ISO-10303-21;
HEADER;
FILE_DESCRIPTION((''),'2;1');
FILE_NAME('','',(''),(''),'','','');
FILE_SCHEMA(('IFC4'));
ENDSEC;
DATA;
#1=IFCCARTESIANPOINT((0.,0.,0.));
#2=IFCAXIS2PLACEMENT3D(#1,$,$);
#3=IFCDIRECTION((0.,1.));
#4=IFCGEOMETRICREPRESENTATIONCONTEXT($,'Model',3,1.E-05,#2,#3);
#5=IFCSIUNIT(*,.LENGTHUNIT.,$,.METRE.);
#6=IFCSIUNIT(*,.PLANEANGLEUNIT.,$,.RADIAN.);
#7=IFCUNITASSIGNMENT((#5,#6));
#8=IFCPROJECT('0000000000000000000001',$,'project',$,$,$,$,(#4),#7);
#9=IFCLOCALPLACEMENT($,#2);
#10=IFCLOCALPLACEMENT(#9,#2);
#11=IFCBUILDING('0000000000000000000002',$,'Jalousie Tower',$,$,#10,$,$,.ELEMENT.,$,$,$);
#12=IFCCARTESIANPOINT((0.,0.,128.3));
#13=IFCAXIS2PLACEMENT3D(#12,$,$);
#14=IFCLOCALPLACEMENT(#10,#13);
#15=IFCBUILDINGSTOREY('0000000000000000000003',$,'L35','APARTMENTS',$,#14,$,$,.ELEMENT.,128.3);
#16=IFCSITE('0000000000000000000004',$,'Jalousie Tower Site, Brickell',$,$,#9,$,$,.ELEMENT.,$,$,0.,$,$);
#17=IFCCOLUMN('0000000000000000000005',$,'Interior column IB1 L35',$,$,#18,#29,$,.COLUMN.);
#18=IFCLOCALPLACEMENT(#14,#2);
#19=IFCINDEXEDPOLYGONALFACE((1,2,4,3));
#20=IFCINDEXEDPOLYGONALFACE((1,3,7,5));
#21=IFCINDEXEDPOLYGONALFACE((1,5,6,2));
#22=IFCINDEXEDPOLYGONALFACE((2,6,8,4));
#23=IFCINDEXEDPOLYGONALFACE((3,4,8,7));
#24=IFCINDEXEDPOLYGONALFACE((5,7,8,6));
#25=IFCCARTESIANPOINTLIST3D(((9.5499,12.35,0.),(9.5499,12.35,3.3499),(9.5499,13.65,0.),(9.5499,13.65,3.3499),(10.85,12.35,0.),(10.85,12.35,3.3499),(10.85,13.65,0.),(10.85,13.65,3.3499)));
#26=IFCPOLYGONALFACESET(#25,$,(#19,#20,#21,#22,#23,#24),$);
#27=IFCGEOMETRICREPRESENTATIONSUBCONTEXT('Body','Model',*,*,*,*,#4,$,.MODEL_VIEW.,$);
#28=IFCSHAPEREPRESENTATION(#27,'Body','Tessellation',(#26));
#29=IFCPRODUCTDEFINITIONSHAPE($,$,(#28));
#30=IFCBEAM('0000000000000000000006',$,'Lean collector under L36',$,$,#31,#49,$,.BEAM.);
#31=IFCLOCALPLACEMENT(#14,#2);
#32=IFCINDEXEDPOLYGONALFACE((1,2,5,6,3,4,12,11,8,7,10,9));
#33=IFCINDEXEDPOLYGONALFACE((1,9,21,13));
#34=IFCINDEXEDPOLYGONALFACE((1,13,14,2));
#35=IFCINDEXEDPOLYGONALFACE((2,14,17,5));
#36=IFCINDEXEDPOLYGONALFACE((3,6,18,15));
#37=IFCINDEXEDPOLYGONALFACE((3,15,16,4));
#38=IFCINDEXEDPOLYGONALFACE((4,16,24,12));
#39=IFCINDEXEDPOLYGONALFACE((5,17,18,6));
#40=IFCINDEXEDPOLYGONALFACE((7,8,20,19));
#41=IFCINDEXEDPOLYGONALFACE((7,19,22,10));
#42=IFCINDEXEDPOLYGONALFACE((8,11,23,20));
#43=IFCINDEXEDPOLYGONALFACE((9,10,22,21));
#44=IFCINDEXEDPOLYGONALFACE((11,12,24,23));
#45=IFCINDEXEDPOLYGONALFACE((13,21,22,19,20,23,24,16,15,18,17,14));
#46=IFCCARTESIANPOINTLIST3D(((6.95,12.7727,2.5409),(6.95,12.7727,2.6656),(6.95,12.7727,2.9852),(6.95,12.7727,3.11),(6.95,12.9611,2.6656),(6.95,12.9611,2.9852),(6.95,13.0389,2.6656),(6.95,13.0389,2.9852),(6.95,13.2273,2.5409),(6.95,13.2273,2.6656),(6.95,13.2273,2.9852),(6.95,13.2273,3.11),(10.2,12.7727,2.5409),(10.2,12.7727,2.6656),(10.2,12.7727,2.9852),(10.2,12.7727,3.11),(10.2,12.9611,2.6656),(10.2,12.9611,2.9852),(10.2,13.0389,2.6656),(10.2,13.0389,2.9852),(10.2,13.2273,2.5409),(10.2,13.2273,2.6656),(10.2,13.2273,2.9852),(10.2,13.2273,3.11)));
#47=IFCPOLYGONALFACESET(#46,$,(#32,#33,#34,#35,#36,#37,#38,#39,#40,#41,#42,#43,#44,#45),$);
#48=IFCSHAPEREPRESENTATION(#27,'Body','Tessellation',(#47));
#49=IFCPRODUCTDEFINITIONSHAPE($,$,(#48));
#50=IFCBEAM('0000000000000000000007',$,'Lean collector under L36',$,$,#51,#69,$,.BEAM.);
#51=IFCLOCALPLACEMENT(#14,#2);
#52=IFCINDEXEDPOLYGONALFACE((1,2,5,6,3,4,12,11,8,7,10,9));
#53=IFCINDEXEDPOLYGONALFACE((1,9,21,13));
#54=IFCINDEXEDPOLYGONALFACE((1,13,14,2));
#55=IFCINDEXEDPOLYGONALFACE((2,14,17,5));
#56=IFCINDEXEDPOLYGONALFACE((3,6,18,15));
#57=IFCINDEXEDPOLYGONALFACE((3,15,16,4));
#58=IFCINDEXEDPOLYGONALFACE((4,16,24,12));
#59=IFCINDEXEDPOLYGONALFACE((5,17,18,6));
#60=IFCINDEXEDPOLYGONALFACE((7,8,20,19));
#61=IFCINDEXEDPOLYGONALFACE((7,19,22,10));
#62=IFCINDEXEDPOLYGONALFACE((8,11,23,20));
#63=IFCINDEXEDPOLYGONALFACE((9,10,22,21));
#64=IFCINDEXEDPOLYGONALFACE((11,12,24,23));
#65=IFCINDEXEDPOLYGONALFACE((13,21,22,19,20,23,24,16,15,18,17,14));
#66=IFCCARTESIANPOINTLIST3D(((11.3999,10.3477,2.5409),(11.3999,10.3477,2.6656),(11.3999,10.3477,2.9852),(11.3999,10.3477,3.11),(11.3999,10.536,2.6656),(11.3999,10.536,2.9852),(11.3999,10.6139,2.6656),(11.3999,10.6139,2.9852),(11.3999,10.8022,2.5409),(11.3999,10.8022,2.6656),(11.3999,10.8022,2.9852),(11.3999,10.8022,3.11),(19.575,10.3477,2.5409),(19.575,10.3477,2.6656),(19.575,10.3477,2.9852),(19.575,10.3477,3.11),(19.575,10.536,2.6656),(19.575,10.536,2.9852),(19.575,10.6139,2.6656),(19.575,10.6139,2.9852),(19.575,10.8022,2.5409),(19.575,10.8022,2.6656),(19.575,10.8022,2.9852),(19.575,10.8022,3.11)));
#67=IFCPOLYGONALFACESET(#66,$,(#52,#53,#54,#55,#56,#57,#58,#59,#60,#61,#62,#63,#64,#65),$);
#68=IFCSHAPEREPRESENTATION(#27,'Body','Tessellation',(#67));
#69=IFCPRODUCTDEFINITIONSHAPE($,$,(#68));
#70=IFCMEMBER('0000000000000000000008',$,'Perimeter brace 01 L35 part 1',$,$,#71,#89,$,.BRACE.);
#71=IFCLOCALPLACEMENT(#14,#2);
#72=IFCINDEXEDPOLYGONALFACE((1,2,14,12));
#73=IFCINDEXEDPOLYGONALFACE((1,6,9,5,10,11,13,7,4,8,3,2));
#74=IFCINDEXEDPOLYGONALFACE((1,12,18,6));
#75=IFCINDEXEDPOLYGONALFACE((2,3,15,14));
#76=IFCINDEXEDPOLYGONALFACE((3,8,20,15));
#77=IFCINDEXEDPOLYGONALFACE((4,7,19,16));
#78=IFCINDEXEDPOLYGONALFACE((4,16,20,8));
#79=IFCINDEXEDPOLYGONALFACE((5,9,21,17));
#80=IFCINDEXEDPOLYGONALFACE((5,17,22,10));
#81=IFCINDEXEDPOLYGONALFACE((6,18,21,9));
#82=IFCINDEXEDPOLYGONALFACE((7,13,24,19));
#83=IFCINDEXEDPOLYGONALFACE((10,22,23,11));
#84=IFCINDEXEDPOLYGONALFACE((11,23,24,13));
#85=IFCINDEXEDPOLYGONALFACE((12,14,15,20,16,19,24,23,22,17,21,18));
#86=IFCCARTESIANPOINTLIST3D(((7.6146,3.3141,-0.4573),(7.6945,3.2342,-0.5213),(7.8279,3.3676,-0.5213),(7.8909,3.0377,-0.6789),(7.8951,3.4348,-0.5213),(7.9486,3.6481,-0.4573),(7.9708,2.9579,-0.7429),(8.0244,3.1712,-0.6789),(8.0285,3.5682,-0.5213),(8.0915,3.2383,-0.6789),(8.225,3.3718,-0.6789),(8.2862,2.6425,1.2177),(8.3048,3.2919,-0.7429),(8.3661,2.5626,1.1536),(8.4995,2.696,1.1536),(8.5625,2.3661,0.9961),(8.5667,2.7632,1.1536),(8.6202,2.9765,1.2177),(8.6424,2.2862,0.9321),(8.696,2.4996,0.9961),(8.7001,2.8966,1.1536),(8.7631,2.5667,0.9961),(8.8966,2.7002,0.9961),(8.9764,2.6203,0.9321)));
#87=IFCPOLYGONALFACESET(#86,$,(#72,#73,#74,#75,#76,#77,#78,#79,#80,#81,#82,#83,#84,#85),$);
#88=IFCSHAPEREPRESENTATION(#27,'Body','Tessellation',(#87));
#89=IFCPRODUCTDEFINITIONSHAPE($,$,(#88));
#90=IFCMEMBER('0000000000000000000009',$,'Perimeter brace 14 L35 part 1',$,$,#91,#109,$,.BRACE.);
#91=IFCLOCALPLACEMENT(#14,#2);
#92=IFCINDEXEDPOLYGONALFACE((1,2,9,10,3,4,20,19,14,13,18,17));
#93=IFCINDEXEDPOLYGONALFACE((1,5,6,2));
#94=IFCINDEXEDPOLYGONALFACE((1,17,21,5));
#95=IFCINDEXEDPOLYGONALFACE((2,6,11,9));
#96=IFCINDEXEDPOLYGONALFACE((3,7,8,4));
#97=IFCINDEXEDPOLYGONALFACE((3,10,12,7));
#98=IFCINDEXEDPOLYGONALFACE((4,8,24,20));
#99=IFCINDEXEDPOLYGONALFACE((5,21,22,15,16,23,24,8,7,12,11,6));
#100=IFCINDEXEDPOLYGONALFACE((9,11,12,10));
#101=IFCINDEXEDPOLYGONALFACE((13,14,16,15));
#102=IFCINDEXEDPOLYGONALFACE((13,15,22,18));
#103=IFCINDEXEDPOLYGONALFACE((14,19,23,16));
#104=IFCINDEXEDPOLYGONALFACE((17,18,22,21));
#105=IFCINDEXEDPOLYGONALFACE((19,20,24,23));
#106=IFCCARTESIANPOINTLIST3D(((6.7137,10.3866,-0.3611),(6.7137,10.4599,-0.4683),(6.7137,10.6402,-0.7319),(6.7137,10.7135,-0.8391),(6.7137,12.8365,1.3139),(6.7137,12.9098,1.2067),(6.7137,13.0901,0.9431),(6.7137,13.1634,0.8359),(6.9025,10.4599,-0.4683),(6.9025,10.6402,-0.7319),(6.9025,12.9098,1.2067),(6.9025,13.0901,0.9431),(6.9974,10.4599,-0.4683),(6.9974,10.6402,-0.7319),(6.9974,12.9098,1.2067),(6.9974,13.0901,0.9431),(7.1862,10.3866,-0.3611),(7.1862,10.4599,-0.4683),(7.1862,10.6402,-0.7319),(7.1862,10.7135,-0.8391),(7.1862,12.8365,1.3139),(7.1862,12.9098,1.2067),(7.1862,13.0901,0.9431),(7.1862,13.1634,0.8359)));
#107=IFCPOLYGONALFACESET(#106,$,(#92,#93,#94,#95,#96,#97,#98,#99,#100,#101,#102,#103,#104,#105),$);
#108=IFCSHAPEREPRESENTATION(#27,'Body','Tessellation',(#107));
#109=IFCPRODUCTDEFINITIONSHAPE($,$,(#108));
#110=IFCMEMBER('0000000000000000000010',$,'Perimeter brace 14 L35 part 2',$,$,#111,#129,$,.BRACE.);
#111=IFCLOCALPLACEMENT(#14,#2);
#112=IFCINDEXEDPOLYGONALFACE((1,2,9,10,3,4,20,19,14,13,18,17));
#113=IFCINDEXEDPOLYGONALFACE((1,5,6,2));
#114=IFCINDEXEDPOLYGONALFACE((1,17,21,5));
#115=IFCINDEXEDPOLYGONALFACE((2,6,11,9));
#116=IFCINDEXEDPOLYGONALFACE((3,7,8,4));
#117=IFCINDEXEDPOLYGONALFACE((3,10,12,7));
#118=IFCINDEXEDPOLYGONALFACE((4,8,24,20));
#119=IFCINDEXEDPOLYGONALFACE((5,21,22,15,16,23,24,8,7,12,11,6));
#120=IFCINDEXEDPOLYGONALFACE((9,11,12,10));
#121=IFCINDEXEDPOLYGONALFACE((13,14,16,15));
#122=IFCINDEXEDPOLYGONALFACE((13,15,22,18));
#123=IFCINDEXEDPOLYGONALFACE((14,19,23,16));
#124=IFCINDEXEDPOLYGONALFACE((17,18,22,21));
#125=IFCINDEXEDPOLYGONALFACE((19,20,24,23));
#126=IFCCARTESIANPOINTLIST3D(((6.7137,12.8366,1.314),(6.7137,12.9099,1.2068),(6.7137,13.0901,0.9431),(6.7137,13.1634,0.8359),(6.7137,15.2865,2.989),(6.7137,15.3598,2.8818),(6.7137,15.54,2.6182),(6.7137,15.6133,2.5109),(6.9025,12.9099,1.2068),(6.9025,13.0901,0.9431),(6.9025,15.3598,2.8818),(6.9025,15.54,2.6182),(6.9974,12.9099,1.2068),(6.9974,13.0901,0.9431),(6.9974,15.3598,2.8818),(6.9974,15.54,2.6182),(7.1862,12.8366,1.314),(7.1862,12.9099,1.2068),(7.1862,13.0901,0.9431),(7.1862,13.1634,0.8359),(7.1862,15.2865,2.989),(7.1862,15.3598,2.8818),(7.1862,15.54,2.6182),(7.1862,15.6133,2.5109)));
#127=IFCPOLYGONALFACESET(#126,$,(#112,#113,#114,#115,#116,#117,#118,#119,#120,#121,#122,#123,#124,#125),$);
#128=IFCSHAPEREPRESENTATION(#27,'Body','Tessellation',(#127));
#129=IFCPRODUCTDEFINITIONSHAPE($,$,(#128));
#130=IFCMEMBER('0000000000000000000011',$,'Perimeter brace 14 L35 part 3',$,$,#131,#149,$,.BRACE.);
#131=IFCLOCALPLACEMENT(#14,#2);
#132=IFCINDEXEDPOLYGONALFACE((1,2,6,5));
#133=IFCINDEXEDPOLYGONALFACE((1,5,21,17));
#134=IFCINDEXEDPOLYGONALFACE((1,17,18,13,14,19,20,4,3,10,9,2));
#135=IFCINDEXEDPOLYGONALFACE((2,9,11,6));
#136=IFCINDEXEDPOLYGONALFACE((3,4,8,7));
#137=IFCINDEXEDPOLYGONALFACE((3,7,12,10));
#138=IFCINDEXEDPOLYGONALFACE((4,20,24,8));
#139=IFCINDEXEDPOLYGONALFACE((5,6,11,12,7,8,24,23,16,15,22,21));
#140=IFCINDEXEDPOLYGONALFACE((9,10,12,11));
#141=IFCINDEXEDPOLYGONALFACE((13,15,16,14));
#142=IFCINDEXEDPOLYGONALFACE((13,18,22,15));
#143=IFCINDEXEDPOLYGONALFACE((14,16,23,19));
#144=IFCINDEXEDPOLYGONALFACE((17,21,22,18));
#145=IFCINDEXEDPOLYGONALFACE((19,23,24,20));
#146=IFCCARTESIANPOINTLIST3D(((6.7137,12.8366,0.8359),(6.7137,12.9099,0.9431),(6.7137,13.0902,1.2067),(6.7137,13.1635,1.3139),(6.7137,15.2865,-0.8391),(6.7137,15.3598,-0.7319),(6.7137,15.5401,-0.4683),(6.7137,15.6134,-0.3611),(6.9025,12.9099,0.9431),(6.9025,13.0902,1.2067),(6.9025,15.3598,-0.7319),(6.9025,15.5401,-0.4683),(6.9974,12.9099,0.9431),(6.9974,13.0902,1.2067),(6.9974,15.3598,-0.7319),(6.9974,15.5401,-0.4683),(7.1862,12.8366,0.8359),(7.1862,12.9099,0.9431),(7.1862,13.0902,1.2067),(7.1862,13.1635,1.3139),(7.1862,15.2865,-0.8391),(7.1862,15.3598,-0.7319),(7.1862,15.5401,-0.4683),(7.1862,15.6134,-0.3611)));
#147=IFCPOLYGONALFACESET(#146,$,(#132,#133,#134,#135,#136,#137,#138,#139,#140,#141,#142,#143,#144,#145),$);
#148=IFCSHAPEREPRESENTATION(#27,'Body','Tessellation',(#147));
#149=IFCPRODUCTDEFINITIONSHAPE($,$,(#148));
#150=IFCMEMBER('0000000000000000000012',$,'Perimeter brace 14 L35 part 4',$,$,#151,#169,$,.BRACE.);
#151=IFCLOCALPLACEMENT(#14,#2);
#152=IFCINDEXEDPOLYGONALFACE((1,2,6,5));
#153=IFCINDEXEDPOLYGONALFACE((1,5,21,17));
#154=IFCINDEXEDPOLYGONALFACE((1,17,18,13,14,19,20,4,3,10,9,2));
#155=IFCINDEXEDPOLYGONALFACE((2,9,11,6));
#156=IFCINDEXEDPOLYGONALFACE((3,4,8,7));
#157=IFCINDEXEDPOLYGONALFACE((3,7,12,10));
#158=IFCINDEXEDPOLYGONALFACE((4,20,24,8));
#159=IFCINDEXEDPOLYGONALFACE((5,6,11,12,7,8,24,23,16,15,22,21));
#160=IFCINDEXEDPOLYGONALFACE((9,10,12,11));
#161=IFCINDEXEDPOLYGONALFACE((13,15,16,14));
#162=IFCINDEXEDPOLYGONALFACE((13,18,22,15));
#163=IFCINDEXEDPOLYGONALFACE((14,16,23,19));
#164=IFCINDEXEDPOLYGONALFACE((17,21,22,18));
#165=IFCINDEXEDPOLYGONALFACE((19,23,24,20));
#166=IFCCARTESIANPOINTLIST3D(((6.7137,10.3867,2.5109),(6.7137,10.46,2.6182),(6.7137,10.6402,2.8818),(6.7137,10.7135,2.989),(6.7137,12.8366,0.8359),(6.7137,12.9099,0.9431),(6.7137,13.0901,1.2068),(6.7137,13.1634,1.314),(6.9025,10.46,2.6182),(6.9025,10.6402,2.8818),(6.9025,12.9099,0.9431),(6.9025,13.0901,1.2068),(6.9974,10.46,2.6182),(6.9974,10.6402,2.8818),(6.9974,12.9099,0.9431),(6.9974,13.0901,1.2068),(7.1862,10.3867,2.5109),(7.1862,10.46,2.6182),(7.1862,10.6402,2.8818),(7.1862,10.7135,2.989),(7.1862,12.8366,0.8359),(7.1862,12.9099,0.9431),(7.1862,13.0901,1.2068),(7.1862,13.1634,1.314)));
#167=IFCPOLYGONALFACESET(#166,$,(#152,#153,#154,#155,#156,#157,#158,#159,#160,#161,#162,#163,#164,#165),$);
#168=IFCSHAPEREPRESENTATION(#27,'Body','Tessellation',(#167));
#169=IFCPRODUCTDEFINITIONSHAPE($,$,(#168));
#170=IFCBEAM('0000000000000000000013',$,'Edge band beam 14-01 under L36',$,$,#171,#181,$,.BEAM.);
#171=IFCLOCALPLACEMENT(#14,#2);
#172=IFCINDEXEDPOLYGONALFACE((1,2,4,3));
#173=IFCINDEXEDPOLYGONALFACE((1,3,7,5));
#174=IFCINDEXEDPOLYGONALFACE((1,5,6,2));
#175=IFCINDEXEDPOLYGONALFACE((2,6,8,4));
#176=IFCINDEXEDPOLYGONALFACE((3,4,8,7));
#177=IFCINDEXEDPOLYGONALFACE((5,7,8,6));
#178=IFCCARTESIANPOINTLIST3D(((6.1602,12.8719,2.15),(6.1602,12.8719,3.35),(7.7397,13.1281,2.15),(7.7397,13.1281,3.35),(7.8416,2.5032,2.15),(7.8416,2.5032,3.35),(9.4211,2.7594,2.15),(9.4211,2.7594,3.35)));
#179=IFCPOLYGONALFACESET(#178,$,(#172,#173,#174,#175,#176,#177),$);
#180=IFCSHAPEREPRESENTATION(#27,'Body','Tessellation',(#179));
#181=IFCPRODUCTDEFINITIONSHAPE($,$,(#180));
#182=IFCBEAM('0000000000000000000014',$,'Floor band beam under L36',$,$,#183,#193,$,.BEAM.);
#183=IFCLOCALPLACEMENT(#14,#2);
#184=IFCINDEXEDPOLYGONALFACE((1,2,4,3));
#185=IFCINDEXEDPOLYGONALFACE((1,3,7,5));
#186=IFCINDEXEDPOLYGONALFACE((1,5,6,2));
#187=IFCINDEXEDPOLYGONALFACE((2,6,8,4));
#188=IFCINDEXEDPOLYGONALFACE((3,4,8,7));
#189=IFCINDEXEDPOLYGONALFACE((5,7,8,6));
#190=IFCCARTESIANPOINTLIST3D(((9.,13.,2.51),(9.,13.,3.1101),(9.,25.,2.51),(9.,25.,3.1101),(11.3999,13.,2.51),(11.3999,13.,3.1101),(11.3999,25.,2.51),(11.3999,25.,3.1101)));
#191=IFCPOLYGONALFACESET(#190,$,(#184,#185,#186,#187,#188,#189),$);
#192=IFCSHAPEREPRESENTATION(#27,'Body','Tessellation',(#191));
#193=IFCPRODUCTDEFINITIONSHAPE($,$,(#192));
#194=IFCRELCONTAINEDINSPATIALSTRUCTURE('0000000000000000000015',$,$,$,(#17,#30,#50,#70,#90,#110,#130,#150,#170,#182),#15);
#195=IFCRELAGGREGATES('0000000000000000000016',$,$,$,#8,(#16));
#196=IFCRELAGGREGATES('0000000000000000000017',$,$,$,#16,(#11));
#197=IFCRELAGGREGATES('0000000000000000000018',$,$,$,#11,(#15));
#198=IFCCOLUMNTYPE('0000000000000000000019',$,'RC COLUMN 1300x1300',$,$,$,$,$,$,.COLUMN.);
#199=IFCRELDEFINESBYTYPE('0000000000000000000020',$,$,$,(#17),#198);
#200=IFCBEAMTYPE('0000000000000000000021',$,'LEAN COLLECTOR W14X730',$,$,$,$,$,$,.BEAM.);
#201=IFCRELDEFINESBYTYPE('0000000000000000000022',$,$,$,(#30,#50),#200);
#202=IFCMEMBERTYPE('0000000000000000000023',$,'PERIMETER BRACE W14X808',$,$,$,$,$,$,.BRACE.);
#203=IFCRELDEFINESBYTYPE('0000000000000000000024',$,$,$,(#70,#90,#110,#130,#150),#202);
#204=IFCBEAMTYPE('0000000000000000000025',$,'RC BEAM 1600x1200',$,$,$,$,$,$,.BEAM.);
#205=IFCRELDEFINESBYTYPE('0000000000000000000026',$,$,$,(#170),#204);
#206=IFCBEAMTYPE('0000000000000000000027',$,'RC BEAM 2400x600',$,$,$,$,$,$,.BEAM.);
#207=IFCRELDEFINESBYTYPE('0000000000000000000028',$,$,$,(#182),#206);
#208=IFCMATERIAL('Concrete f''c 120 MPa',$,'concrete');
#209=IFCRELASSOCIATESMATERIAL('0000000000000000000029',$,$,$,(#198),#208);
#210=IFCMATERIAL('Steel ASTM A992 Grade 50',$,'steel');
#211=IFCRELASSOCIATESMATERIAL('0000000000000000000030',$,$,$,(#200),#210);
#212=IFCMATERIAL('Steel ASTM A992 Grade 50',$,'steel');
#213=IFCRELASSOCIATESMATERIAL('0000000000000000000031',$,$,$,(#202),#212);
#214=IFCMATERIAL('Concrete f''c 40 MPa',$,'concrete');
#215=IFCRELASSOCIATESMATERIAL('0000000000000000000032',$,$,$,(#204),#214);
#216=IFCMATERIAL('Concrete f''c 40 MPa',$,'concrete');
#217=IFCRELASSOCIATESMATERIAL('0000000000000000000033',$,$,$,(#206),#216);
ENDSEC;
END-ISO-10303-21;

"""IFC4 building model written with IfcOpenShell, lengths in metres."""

from ifc_helpers import new_model, si_unit, direction, frame, origin, origin_2d, place, context, subcontext, project, spatial, rectangle, i_section, extrude, material, material_profile, profile_set, type_object, element, save


model = new_model("IFC4")

# Units and contexts
model_context = context("Model", 3, precision=1e-05, world=origin(), true_north=direction((0.0, 1.0)))
body_context = subcontext(model_context, "Body", "Model", "MODEL_VIEW")
ifc_project = project(units=[si_unit("LENGTHUNIT", "METRE"), si_unit("PLANEANGLEUNIT", "RADIAN")], contexts=[model_context])

# Site, building, storey
site_placement = place(None, origin())
site = spatial("IfcSite", under=ifc_project, at=site_placement, Name="Jalousie Tower Site, Brickell", CompositionType="ELEMENT", RefElevation=0.0)
building_placement = place(site_placement, origin())
building = spatial("IfcBuilding", under=site, at=building_placement, Name="Jalousie Tower", CompositionType="ELEMENT")
storey_placement = place(building_placement, frame((0.0, 0.0, 128.3)))
storey = spatial("IfcBuildingStorey", under=building, at=storey_placement, Name="L35", Description="APARTMENTS", CompositionType="ELEMENT", Elevation=128.3)

# Column
ifc_material_1 = material(Name="Concrete f'c 120 MPa", Category="concrete")
ifc_material_profile_1 = material_profile(ifc_material_1, rectangle(XDim=1.3, YDim=1.3, at=origin_2d()), Name="RC 1300x1300")
ifc_profile_set_1 = profile_set([ifc_material_profile_1], Name="Concrete f'c 120 MPa")
column_type = type_object("IfcColumnType", Name="RC COLUMN 1300x1300", PredefinedType="COLUMN", material=ifc_profile_set_1)
column_placement = place(storey_placement, frame((10.2, 13.0, 0.0), z_axis=(0.0, 0.0, 1.0), x_axis=(1.0, 0.0, 0.0)))
element("IfcColumn", 1, at=column_placement, inside=storey, type_object=column_type, Name="Interior column IB1 L35", PredefinedType="COLUMN", context=body_context, shape_type="SweptSolid", body=[
    extrude(rectangle(XDim=1.3, YDim=1.3, at=origin_2d()), origin(), (0.0, 0.0, 1.0), 3.3499),
])

# Beams
ifc_material_2 = material(Name="Steel ASTM A992 Grade 50", Category="steel")
ifc_material_profile_2 = material_profile(ifc_material_2, i_section(OverallWidth=0.4546, OverallDepth=0.5691, WebThickness=0.0779, FlangeThickness=0.1248, at=origin_2d()), Name="W14X730")
ifc_profile_set_2 = profile_set([ifc_material_profile_2], Name="Steel ASTM A992 Grade 50")
beam_type_1 = type_object("IfcBeamType", Name="LEAN COLLECTOR W14X730", PredefinedType="BEAM", material=ifc_profile_set_2)
beam_1_placement = place(storey_placement, frame((6.95, 13.0, 2.8254), z_axis=(1.0, 0.0, 0.0), x_axis=(0.0, 1.0, 0.0)))
element("IfcBeam", 2, at=beam_1_placement, inside=storey, type_object=beam_type_1, Name="Lean collector under L36", PredefinedType="BEAM", context=body_context, shape_type="SweptSolid", body=[
    extrude(i_section(OverallWidth=0.4546, OverallDepth=0.5691, WebThickness=0.0779, FlangeThickness=0.1248, at=origin_2d()), origin(), (0.0, 0.0, 1.0), 3.25),
])
beam_2_placement = place(storey_placement, frame((11.3999, 10.575, 2.8254), z_axis=(1.0, 0.0, 0.0), x_axis=(0.0, 1.0, 0.0)))
element("IfcBeam", 3, at=beam_2_placement, inside=storey, type_object=beam_type_1, Name="Lean collector under L36", PredefinedType="BEAM", context=body_context, shape_type="SweptSolid", body=[
    extrude(i_section(OverallWidth=0.4546, OverallDepth=0.5691, WebThickness=0.0779, FlangeThickness=0.1248, at=origin_2d()), origin(), (0.0, 0.0, 1.0), 8.175),
])

# Members
ifc_material_3 = material(Name="Steel ASTM A992 Grade 50", Category="steel")
ifc_material_profile_3 = material_profile(ifc_material_3, i_section(OverallWidth=0.4724, OverallDepth=0.5791, WebThickness=0.095, FlangeThickness=0.1299, at=origin_2d()), Name="W14X808")
ifc_profile_set_3 = profile_set([ifc_material_profile_3], Name="Steel ASTM A992 Grade 50")
member_type_1 = type_object("IfcMemberType", Name="PERIMETER BRACE W14X808", PredefinedType="BRACE", material=ifc_profile_set_3)
member_1_placement = place(storey_placement, frame((7.9597, 3.303, -0.6001), z_axis=(0.348789, -0.348789, 0.869881), x_axis=(0.707107, 0.707107, 0.0)))
element("IfcMember", 4, at=member_1_placement, inside=storey, type_object=member_type_1, Name="Perimeter brace 01 L35 part 1", PredefinedType="BRACE", context=body_context, shape_type="SweptSolid", body=[
    extrude(i_section(OverallWidth=0.4724, OverallDepth=0.5791, WebThickness=0.095, FlangeThickness=0.1299, at=origin_2d()), origin(), (0.0, 0.0, 1.0), 1.9255),
])
for number, where, z_axis, x_axis, name in (
    (5, (6.95, 10.55, -0.6001), (0.0, 0.825501, 0.564401), (-1.0, 0.0, 0.0), "Perimeter brace 14 L35 part 1"),
    (6, (6.95, 13.0, 1.075), (0.0, 0.825501, 0.564401), (-1.0, 0.0, 0.0), "Perimeter brace 14 L35 part 2"),
    (7, (6.95, 15.45, -0.6001), (0.0, -0.825501, 0.564401), (1.0, 0.0, 0.0), "Perimeter brace 14 L35 part 3"),
    (8, (6.95, 13.0, 1.075), (0.0, -0.825501, 0.564401), (1.0, 0.0, 0.0), "Perimeter brace 14 L35 part 4"),
):
    element("IfcMember", number, at=place(storey_placement, frame(where, z_axis=z_axis, x_axis=x_axis)), inside=storey, type_object=member_type_1, Name=name, PredefinedType="BRACE", context=body_context, shape_type="SweptSolid", body=[
        extrude(i_section(OverallWidth=0.4724, OverallDepth=0.5791, WebThickness=0.095, FlangeThickness=0.1299, at=origin_2d()), origin(), (0.0, 0.0, 1.0), 2.9678),
    ])

# Beams
ifc_material_4 = material(Name="Concrete f'c 40 MPa", Category="concrete")
ifc_material_profile_4 = material_profile(ifc_material_4, rectangle(XDim=1.6001, YDim=1.2, at=origin_2d()), Name="RC 1600x1200")
ifc_profile_set_4 = profile_set([ifc_material_profile_4], Name="Concrete f'c 40 MPa")
beam_type_2 = type_object("IfcBeamType", Name="RC BEAM 1600x1200", PredefinedType="BEAM", material=ifc_profile_set_4)
beam_3_placement = place(storey_placement, frame((6.95, 13.0, 2.75), z_axis=(0.160071, -0.987106, 0.0), x_axis=(0.987106, 0.160071, 0.0)))
element("IfcBeam", 9, at=beam_3_placement, inside=storey, type_object=beam_type_2, Name="Edge band beam 14-01 under L36", PredefinedType="BEAM", context=body_context, shape_type="SweptSolid", body=[
    extrude(rectangle(XDim=1.6001, YDim=1.2, at=origin_2d()), origin(), (0.0, 0.0, 1.0), 10.5042),
])
ifc_material_5 = material(Name="Concrete f'c 40 MPa", Category="concrete")
ifc_material_profile_5 = material_profile(ifc_material_5, rectangle(XDim=2.3999, YDim=0.6001, at=origin_2d()), Name="RC 2400x600")
ifc_profile_set_5 = profile_set([ifc_material_profile_5], Name="Concrete f'c 40 MPa")
beam_type_3 = type_object("IfcBeamType", Name="RC BEAM 2400x600", PredefinedType="BEAM", material=ifc_profile_set_5)
beam_4_placement = place(storey_placement, frame((10.2, 13.0, 2.8101), z_axis=(0.0, 1.0, 0.0), x_axis=(-1.0, 0.0, 0.0)))
element("IfcBeam", 10, at=beam_4_placement, inside=storey, type_object=beam_type_3, Name="Floor band beam under L36", PredefinedType="BEAM", context=body_context, shape_type="SweptSolid", body=[
    extrude(rectangle(XDim=2.3999, YDim=0.6001, at=origin_2d()), origin(), (0.0, 0.0, 1.0), 12.0),
])

save(model, "model.ifc")
